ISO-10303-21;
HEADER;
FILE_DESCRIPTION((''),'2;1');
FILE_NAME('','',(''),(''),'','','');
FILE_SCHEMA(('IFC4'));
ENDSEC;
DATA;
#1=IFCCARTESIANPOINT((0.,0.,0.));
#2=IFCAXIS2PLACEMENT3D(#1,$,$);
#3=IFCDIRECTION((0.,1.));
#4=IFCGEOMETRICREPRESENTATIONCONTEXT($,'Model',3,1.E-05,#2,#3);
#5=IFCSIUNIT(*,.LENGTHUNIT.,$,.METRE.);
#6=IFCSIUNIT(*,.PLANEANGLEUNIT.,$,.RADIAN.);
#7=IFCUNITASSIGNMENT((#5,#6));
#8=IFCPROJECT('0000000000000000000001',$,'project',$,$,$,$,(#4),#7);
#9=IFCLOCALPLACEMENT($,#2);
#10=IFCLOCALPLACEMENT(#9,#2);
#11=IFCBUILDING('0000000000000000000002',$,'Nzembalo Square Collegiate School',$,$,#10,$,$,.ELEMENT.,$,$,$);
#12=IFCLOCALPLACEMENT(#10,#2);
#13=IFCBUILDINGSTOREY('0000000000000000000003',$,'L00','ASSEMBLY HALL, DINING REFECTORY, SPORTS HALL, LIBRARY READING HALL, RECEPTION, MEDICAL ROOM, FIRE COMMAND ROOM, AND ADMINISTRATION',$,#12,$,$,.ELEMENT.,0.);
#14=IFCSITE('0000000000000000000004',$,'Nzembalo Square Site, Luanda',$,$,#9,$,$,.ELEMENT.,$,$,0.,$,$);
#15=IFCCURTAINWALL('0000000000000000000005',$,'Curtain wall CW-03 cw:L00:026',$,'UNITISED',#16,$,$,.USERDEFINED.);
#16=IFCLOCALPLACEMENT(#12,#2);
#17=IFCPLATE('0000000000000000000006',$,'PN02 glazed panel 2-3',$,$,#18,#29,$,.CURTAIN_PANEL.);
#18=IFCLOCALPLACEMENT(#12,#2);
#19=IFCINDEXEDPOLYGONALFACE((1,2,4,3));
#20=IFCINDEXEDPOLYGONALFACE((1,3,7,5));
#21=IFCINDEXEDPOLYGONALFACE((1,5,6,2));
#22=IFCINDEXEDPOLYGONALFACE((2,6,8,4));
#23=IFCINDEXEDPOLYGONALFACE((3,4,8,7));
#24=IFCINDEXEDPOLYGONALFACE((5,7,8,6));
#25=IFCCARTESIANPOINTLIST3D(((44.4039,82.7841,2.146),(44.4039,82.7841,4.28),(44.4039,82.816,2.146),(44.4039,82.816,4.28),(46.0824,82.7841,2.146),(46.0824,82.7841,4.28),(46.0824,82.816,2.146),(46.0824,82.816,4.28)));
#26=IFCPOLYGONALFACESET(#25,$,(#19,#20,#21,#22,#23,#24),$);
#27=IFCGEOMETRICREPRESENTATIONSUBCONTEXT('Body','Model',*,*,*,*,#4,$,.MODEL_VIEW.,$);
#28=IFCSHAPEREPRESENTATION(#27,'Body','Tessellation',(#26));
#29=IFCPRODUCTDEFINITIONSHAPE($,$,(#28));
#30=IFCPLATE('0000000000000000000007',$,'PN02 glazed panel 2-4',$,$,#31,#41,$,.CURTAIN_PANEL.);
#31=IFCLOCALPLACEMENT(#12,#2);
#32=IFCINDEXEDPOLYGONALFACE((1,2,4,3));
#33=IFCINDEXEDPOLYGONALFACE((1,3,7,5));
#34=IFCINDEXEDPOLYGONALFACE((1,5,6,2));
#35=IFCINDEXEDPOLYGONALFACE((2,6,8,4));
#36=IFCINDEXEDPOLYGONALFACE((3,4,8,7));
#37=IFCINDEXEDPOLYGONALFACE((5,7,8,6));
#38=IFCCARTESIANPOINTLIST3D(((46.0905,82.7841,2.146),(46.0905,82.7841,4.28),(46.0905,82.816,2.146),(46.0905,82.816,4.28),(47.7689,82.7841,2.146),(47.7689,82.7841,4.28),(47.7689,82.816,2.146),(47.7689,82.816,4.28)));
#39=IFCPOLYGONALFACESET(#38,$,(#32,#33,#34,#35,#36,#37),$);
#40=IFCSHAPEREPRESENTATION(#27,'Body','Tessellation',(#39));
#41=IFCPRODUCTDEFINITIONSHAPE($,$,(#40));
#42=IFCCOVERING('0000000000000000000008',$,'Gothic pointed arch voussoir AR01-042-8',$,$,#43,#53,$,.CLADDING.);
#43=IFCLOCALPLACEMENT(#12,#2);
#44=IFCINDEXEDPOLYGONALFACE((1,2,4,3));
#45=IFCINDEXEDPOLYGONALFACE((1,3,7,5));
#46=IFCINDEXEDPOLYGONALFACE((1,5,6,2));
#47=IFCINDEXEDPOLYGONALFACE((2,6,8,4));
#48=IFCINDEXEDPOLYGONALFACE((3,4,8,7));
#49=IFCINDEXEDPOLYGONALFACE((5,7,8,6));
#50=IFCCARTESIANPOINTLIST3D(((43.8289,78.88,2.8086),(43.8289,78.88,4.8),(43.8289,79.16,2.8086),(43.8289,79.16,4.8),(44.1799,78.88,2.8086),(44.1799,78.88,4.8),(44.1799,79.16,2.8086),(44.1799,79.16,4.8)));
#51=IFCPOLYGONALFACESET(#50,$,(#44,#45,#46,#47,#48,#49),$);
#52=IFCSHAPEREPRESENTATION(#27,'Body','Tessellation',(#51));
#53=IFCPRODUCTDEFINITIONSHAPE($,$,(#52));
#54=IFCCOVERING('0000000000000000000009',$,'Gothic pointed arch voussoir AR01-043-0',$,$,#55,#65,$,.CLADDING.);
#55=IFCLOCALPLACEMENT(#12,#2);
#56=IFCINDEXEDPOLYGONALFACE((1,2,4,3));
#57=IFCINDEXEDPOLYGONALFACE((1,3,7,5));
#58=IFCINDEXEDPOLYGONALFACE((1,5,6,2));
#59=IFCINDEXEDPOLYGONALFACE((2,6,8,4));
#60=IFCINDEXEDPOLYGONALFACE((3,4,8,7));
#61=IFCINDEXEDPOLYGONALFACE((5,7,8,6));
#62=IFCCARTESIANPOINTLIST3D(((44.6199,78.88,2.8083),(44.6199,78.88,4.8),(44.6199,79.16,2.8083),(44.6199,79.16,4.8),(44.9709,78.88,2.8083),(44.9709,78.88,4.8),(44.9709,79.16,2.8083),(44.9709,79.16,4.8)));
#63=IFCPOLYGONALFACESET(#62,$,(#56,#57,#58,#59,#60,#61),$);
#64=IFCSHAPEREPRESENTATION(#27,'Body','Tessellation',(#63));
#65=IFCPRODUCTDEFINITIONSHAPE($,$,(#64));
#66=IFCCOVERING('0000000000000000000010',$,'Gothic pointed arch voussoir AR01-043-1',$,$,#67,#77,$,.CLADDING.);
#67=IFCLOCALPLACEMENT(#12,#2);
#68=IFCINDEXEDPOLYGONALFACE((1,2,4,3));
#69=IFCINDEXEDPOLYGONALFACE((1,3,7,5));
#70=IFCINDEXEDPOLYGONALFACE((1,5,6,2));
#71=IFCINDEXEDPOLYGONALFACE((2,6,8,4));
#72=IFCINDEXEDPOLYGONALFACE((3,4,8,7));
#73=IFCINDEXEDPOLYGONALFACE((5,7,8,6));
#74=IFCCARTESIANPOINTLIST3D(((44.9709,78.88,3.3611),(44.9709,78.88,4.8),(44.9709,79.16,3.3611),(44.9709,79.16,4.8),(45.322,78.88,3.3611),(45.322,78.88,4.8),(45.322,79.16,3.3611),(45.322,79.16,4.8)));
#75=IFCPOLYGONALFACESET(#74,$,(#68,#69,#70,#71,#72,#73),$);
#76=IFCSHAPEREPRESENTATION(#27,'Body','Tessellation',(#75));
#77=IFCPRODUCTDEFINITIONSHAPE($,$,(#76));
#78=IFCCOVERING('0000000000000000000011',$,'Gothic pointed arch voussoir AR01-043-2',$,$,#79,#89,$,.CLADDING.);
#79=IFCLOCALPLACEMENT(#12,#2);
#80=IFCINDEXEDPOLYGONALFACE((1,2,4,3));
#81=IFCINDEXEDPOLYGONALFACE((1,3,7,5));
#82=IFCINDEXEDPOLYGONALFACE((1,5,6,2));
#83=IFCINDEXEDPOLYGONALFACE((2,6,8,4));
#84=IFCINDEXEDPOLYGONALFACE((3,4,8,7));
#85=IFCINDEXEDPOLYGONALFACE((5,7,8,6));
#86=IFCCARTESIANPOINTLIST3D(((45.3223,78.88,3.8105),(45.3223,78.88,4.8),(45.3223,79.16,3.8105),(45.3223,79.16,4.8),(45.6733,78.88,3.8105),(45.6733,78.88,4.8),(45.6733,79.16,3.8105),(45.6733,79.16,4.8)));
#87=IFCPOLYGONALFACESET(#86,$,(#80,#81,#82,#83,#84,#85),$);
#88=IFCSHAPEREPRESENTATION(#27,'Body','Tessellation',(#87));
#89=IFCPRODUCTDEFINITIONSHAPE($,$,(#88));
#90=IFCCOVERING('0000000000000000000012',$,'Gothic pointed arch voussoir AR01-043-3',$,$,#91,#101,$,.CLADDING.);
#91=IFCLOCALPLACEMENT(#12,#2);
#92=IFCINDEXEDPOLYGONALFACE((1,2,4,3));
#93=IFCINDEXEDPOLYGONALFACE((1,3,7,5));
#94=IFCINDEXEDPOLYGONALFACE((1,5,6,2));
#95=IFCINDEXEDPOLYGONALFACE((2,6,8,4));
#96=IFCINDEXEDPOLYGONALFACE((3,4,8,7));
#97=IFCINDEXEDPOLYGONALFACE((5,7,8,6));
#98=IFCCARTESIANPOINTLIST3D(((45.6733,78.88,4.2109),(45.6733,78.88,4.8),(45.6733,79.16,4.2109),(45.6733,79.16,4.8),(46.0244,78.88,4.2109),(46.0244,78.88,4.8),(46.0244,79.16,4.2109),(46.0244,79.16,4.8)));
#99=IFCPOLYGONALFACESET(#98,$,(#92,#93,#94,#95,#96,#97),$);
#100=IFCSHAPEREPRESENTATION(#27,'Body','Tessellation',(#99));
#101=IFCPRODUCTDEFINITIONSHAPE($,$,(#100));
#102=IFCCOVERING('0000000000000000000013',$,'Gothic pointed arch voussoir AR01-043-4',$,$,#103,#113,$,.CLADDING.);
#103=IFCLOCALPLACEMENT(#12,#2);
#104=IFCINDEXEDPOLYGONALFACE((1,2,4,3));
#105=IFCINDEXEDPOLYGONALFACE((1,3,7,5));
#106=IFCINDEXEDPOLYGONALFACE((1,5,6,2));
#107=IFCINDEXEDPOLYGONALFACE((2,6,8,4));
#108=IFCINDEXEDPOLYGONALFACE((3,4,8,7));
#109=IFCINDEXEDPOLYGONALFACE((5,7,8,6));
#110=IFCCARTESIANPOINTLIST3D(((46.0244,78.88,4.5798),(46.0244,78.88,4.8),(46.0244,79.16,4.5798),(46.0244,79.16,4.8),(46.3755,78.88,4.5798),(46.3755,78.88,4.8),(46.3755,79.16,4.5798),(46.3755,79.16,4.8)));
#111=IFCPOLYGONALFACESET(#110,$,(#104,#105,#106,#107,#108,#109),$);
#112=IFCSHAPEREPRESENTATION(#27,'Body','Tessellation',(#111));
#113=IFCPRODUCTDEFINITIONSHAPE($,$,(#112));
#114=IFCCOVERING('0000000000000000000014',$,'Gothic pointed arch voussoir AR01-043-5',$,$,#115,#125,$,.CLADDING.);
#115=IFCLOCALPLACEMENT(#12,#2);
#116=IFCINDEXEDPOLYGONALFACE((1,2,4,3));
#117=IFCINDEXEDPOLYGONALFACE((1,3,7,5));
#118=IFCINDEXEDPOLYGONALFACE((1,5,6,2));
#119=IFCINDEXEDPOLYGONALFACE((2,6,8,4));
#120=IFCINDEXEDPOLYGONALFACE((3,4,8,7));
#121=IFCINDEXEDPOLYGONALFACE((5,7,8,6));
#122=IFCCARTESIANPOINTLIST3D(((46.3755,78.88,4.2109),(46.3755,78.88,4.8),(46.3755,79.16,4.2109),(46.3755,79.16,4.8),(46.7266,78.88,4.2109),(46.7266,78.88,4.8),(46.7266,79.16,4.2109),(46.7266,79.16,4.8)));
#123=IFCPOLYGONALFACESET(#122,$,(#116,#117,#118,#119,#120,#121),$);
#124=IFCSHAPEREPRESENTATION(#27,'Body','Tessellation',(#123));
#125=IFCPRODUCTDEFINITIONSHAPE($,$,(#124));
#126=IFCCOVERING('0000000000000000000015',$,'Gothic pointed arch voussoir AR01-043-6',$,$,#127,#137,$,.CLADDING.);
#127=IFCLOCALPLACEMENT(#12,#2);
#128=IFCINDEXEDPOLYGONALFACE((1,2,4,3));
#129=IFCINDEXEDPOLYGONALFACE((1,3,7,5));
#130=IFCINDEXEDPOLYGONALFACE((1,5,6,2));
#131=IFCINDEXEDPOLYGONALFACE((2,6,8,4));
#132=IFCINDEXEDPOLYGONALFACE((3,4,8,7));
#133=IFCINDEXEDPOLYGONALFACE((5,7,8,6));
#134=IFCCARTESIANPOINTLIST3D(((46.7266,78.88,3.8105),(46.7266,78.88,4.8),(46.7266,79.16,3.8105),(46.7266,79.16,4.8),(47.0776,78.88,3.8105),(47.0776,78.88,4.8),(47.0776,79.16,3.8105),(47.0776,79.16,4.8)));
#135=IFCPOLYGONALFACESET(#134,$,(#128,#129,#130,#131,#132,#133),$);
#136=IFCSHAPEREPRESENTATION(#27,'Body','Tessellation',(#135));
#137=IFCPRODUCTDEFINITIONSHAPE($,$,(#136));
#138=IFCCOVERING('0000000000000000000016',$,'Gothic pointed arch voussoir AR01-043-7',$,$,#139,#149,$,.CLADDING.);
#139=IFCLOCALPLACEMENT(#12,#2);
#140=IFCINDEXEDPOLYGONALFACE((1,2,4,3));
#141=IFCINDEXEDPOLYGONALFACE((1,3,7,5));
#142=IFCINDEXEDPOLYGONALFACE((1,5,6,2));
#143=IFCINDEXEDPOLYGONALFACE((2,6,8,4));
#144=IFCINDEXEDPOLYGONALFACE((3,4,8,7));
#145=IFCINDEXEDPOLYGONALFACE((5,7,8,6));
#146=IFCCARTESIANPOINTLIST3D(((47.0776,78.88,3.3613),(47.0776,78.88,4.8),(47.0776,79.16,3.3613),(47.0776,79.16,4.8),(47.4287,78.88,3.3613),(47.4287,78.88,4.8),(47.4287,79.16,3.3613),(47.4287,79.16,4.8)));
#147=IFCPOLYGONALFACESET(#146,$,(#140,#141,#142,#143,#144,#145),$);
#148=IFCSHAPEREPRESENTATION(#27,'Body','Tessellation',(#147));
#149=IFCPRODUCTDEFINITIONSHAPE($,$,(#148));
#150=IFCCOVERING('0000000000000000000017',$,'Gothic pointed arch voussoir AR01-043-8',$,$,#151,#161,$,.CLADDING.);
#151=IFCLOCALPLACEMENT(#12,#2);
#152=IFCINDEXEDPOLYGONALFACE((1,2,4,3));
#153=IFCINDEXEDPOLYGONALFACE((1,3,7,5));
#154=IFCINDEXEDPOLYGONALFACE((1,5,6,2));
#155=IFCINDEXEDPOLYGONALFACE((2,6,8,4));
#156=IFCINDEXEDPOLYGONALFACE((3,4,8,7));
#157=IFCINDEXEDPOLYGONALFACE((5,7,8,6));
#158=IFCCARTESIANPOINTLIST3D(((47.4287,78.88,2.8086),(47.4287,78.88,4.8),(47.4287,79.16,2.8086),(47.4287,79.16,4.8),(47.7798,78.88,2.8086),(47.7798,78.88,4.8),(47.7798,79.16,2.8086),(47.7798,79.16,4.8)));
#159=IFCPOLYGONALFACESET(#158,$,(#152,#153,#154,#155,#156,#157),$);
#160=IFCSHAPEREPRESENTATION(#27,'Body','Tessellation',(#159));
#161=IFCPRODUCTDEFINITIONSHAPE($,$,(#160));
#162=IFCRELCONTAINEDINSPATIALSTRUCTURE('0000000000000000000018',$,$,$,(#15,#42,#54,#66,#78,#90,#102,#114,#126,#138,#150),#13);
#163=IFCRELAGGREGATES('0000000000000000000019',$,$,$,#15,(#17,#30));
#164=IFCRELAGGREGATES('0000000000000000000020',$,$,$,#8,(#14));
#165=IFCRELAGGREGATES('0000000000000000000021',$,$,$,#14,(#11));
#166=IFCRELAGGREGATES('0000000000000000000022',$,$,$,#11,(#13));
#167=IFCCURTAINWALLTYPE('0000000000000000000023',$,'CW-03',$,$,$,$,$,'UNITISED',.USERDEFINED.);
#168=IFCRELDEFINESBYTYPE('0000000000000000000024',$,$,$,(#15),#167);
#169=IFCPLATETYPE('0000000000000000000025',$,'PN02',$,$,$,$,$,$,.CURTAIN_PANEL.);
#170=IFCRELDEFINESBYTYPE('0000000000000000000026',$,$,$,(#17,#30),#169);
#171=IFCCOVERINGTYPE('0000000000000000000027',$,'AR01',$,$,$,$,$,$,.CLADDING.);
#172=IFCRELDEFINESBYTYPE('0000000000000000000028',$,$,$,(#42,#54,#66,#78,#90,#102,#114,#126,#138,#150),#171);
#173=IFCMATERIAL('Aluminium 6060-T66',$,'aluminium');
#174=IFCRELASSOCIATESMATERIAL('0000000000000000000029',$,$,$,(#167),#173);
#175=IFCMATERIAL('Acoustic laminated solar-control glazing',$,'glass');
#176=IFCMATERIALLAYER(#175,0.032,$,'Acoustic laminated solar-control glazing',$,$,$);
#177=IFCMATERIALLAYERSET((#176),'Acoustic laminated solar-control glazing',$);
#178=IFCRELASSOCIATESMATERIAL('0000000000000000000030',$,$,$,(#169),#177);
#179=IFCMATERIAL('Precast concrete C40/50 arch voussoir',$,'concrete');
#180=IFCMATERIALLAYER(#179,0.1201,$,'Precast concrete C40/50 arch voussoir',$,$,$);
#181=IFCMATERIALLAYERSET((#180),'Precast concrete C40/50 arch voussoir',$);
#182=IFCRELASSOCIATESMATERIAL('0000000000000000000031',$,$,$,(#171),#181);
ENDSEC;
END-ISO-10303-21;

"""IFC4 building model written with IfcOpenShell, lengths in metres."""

from ifc_helpers import new_model, si_unit, direction, frame, origin, origin_2d, place, context, subcontext, project, spatial, rectangle, extrude, material, layer, layer_set, type_object, element, aggregate, save


model = new_model("IFC4")

# Units and contexts
model_context = context("Model", 3, precision=1e-05, world=origin(), true_north=direction((0.0, 1.0)))
body_context = subcontext(model_context, "Body", "Model", "MODEL_VIEW")
ifc_project = project(units=[si_unit("LENGTHUNIT", "METRE"), si_unit("PLANEANGLEUNIT", "RADIAN")], contexts=[model_context])

# Site, building, storey
site_placement = place(None, origin())
site = spatial("IfcSite", under=ifc_project, at=site_placement, Name="Nzembalo Square Site, Luanda", CompositionType="ELEMENT", RefElevation=0.0)
building_placement = place(site_placement, origin())
building = spatial("IfcBuilding", under=site, at=building_placement, Name="Nzembalo Square Collegiate School", CompositionType="ELEMENT")
storey_placement = place(building_placement, origin())
storey = spatial("IfcBuildingStorey", under=building, at=storey_placement, Name="L00", Description="ASSEMBLY HALL, DINING REFECTORY, SPORTS HALL, LIBRARY READING HALL, RECEPTION, MEDICAL ROOM, FIRE COMMAND ROOM, AND ADMINISTRATION", CompositionType="ELEMENT", Elevation=0.0)

# Curtain wall, plates
ifc_material_1 = material(Name="Aluminium 6060-T66", Category="aluminium")
curtain_wall_type = type_object("IfcCurtainWallType", Name="CW-03", ElementType="UNITISED", PredefinedType="USERDEFINED", material=ifc_material_1)
curtain_wall_placement = place(storey_placement, origin())
curtain_wall = element("IfcCurtainWall", 1, at=curtain_wall_placement, inside=storey, type_object=curtain_wall_type, Name="Curtain wall CW-03 cw:L00:026", ObjectType="UNITISED", PredefinedType="USERDEFINED")
ifc_material_2 = material(Name="Acoustic laminated solar-control glazing", Category="glass")
ifc_layer_1 = layer(ifc_material_2, 0.032, Name="Acoustic laminated solar-control glazing")
ifc_layer_set_1 = layer_set([ifc_layer_1], Name="Acoustic laminated solar-control glazing")
plate_type = type_object("IfcPlateType", Name="PN02", PredefinedType="CURTAIN_PANEL", material=ifc_layer_set_1)
plate_1_placement = place(storey_placement, frame((45.2432, 82.8, 2.146), z_axis=(0.0, 0.0, 1.0), x_axis=(1.0, 0.0, 0.0)))
plate_1 = element("IfcPlate", 2, at=plate_1_placement, type_object=plate_type, Name="PN02 glazed panel 2-3", PredefinedType="CURTAIN_PANEL", context=body_context, shape_type="SweptSolid", body=[
    extrude(rectangle(XDim=1.6785, YDim=0.032, at=origin_2d()), origin(), (0.0, 0.0, 1.0), 2.134),
])
plate_2_placement = place(storey_placement, frame((46.9297, 82.8, 2.146), z_axis=(0.0, 0.0, 1.0), x_axis=(1.0, 0.0, 0.0)))
plate_2 = element("IfcPlate", 3, at=plate_2_placement, type_object=plate_type, Name="PN02 glazed panel 2-4", PredefinedType="CURTAIN_PANEL", context=body_context, shape_type="SweptSolid", body=[
    extrude(rectangle(XDim=1.6785, YDim=0.032, at=origin_2d()), origin(), (0.0, 0.0, 1.0), 2.134),
])
aggregate(curtain_wall, [plate_1, plate_2])

# Coverings
ifc_material_3 = material(Name="Precast concrete C40/50 arch voussoir", Category="concrete")
ifc_layer_2 = layer(ifc_material_3, 0.1201, Name="Precast concrete C40/50 arch voussoir")
ifc_layer_set_2 = layer_set([ifc_layer_2], Name="Precast concrete C40/50 arch voussoir")
covering_type = type_object("IfcCoveringType", Name="AR01", PredefinedType="CLADDING", material=ifc_layer_set_2)
covering_1_placement = place(storey_placement, frame((44.0044, 79.02, 2.8086), z_axis=(0.0, 0.0, 1.0), x_axis=(1.0, 0.0, 0.0)))
element("IfcCovering", 4, at=covering_1_placement, inside=storey, type_object=covering_type, Name="Gothic pointed arch voussoir AR01-042-8", PredefinedType="CLADDING", context=body_context, shape_type="SweptSolid", body=[
    extrude(rectangle(XDim=0.3511, YDim=0.28, at=origin_2d()), origin(), (0.0, 0.0, 1.0), 1.9915),
])
covering_2_placement = place(storey_placement, frame((44.7954, 79.02, 2.8083), z_axis=(0.0, 0.0, 1.0), x_axis=(1.0, 0.0, 0.0)))
element("IfcCovering", 5, at=covering_2_placement, inside=storey, type_object=covering_type, Name="Gothic pointed arch voussoir AR01-043-0", PredefinedType="CLADDING", context=body_context, shape_type="SweptSolid", body=[
    extrude(rectangle(XDim=0.3511, YDim=0.28, at=origin_2d()), origin(), (0.0, 0.0, 1.0), 1.9917),
])
covering_3_placement = place(storey_placement, frame((45.1465, 79.02, 3.3611), z_axis=(0.0, 0.0, 1.0), x_axis=(1.0, 0.0, 0.0)))
element("IfcCovering", 6, at=covering_3_placement, inside=storey, type_object=covering_type, Name="Gothic pointed arch voussoir AR01-043-1", PredefinedType="CLADDING", context=body_context, shape_type="SweptSolid", body=[
    extrude(rectangle(XDim=0.3511, YDim=0.28, at=origin_2d()), origin(), (0.0, 0.0, 1.0), 1.439),
])
covering_4_placement = place(storey_placement, frame((45.4978, 79.02, 3.8105), z_axis=(0.0, 0.0, 1.0), x_axis=(1.0, 0.0, 0.0)))
element("IfcCovering", 7, at=covering_4_placement, inside=storey, type_object=covering_type, Name="Gothic pointed arch voussoir AR01-043-2", PredefinedType="CLADDING", context=body_context, shape_type="SweptSolid", body=[
    extrude(rectangle(XDim=0.3511, YDim=0.28, at=origin_2d()), origin(), (0.0, 0.0, 1.0), 0.9895),
])
covering_5_placement = place(storey_placement, frame((45.8489, 79.02, 4.2109), z_axis=(0.0, 0.0, 1.0), x_axis=(1.0, 0.0, 0.0)))
element("IfcCovering", 8, at=covering_5_placement, inside=storey, type_object=covering_type, Name="Gothic pointed arch voussoir AR01-043-3", PredefinedType="CLADDING", context=body_context, shape_type="SweptSolid", body=[
    extrude(rectangle(XDim=0.3511, YDim=0.28, at=origin_2d()), origin(), (0.0, 0.0, 1.0), 0.5891),
])
covering_6_placement = place(storey_placement, frame((46.2, 79.02, 4.5798), z_axis=(0.0, 0.0, 1.0), x_axis=(1.0, 0.0, 0.0)))
element("IfcCovering", 9, at=covering_6_placement, inside=storey, type_object=covering_type, Name="Gothic pointed arch voussoir AR01-043-4", PredefinedType="CLADDING", context=body_context, shape_type="SweptSolid", body=[
    extrude(rectangle(XDim=0.3511, YDim=0.28, at=origin_2d()), origin(), (0.0, 0.0, 1.0), 0.2202),
])
covering_7_placement = place(storey_placement, frame((46.551, 79.02, 4.2109), z_axis=(0.0, 0.0, 1.0), x_axis=(1.0, 0.0, 0.0)))
element("IfcCovering", 10, at=covering_7_placement, inside=storey, type_object=covering_type, Name="Gothic pointed arch voussoir AR01-043-5", PredefinedType="CLADDING", context=body_context, shape_type="SweptSolid", body=[
    extrude(rectangle(XDim=0.3511, YDim=0.28, at=origin_2d()), origin(), (0.0, 0.0, 1.0), 0.5891),
])
covering_8_placement = place(storey_placement, frame((46.9021, 79.02, 3.8105), z_axis=(0.0, 0.0, 1.0), x_axis=(1.0, 0.0, 0.0)))
element("IfcCovering", 11, at=covering_8_placement, inside=storey, type_object=covering_type, Name="Gothic pointed arch voussoir AR01-043-6", PredefinedType="CLADDING", context=body_context, shape_type="SweptSolid", body=[
    extrude(rectangle(XDim=0.3511, YDim=0.28, at=origin_2d()), origin(), (0.0, 0.0, 1.0), 0.9895),
])
covering_9_placement = place(storey_placement, frame((47.2532, 79.02, 3.3613), z_axis=(0.0, 0.0, 1.0), x_axis=(1.0, 0.0, 0.0)))
element("IfcCovering", 12, at=covering_9_placement, inside=storey, type_object=covering_type, Name="Gothic pointed arch voussoir AR01-043-7", PredefinedType="CLADDING", context=body_context, shape_type="SweptSolid", body=[
    extrude(rectangle(XDim=0.3511, YDim=0.28, at=origin_2d()), origin(), (0.0, 0.0, 1.0), 1.4387),
])
covering_10_placement = place(storey_placement, frame((47.6042, 79.02, 2.8086), z_axis=(0.0, 0.0, 1.0), x_axis=(1.0, 0.0, 0.0)))
element("IfcCovering", 13, at=covering_10_placement, inside=storey, type_object=covering_type, Name="Gothic pointed arch voussoir AR01-043-8", PredefinedType="CLADDING", context=body_context, shape_type="SweptSolid", body=[
    extrude(rectangle(XDim=0.3511, YDim=0.28, at=origin_2d()), origin(), (0.0, 0.0, 1.0), 1.9915),
])

save(model, "model.ifc")
